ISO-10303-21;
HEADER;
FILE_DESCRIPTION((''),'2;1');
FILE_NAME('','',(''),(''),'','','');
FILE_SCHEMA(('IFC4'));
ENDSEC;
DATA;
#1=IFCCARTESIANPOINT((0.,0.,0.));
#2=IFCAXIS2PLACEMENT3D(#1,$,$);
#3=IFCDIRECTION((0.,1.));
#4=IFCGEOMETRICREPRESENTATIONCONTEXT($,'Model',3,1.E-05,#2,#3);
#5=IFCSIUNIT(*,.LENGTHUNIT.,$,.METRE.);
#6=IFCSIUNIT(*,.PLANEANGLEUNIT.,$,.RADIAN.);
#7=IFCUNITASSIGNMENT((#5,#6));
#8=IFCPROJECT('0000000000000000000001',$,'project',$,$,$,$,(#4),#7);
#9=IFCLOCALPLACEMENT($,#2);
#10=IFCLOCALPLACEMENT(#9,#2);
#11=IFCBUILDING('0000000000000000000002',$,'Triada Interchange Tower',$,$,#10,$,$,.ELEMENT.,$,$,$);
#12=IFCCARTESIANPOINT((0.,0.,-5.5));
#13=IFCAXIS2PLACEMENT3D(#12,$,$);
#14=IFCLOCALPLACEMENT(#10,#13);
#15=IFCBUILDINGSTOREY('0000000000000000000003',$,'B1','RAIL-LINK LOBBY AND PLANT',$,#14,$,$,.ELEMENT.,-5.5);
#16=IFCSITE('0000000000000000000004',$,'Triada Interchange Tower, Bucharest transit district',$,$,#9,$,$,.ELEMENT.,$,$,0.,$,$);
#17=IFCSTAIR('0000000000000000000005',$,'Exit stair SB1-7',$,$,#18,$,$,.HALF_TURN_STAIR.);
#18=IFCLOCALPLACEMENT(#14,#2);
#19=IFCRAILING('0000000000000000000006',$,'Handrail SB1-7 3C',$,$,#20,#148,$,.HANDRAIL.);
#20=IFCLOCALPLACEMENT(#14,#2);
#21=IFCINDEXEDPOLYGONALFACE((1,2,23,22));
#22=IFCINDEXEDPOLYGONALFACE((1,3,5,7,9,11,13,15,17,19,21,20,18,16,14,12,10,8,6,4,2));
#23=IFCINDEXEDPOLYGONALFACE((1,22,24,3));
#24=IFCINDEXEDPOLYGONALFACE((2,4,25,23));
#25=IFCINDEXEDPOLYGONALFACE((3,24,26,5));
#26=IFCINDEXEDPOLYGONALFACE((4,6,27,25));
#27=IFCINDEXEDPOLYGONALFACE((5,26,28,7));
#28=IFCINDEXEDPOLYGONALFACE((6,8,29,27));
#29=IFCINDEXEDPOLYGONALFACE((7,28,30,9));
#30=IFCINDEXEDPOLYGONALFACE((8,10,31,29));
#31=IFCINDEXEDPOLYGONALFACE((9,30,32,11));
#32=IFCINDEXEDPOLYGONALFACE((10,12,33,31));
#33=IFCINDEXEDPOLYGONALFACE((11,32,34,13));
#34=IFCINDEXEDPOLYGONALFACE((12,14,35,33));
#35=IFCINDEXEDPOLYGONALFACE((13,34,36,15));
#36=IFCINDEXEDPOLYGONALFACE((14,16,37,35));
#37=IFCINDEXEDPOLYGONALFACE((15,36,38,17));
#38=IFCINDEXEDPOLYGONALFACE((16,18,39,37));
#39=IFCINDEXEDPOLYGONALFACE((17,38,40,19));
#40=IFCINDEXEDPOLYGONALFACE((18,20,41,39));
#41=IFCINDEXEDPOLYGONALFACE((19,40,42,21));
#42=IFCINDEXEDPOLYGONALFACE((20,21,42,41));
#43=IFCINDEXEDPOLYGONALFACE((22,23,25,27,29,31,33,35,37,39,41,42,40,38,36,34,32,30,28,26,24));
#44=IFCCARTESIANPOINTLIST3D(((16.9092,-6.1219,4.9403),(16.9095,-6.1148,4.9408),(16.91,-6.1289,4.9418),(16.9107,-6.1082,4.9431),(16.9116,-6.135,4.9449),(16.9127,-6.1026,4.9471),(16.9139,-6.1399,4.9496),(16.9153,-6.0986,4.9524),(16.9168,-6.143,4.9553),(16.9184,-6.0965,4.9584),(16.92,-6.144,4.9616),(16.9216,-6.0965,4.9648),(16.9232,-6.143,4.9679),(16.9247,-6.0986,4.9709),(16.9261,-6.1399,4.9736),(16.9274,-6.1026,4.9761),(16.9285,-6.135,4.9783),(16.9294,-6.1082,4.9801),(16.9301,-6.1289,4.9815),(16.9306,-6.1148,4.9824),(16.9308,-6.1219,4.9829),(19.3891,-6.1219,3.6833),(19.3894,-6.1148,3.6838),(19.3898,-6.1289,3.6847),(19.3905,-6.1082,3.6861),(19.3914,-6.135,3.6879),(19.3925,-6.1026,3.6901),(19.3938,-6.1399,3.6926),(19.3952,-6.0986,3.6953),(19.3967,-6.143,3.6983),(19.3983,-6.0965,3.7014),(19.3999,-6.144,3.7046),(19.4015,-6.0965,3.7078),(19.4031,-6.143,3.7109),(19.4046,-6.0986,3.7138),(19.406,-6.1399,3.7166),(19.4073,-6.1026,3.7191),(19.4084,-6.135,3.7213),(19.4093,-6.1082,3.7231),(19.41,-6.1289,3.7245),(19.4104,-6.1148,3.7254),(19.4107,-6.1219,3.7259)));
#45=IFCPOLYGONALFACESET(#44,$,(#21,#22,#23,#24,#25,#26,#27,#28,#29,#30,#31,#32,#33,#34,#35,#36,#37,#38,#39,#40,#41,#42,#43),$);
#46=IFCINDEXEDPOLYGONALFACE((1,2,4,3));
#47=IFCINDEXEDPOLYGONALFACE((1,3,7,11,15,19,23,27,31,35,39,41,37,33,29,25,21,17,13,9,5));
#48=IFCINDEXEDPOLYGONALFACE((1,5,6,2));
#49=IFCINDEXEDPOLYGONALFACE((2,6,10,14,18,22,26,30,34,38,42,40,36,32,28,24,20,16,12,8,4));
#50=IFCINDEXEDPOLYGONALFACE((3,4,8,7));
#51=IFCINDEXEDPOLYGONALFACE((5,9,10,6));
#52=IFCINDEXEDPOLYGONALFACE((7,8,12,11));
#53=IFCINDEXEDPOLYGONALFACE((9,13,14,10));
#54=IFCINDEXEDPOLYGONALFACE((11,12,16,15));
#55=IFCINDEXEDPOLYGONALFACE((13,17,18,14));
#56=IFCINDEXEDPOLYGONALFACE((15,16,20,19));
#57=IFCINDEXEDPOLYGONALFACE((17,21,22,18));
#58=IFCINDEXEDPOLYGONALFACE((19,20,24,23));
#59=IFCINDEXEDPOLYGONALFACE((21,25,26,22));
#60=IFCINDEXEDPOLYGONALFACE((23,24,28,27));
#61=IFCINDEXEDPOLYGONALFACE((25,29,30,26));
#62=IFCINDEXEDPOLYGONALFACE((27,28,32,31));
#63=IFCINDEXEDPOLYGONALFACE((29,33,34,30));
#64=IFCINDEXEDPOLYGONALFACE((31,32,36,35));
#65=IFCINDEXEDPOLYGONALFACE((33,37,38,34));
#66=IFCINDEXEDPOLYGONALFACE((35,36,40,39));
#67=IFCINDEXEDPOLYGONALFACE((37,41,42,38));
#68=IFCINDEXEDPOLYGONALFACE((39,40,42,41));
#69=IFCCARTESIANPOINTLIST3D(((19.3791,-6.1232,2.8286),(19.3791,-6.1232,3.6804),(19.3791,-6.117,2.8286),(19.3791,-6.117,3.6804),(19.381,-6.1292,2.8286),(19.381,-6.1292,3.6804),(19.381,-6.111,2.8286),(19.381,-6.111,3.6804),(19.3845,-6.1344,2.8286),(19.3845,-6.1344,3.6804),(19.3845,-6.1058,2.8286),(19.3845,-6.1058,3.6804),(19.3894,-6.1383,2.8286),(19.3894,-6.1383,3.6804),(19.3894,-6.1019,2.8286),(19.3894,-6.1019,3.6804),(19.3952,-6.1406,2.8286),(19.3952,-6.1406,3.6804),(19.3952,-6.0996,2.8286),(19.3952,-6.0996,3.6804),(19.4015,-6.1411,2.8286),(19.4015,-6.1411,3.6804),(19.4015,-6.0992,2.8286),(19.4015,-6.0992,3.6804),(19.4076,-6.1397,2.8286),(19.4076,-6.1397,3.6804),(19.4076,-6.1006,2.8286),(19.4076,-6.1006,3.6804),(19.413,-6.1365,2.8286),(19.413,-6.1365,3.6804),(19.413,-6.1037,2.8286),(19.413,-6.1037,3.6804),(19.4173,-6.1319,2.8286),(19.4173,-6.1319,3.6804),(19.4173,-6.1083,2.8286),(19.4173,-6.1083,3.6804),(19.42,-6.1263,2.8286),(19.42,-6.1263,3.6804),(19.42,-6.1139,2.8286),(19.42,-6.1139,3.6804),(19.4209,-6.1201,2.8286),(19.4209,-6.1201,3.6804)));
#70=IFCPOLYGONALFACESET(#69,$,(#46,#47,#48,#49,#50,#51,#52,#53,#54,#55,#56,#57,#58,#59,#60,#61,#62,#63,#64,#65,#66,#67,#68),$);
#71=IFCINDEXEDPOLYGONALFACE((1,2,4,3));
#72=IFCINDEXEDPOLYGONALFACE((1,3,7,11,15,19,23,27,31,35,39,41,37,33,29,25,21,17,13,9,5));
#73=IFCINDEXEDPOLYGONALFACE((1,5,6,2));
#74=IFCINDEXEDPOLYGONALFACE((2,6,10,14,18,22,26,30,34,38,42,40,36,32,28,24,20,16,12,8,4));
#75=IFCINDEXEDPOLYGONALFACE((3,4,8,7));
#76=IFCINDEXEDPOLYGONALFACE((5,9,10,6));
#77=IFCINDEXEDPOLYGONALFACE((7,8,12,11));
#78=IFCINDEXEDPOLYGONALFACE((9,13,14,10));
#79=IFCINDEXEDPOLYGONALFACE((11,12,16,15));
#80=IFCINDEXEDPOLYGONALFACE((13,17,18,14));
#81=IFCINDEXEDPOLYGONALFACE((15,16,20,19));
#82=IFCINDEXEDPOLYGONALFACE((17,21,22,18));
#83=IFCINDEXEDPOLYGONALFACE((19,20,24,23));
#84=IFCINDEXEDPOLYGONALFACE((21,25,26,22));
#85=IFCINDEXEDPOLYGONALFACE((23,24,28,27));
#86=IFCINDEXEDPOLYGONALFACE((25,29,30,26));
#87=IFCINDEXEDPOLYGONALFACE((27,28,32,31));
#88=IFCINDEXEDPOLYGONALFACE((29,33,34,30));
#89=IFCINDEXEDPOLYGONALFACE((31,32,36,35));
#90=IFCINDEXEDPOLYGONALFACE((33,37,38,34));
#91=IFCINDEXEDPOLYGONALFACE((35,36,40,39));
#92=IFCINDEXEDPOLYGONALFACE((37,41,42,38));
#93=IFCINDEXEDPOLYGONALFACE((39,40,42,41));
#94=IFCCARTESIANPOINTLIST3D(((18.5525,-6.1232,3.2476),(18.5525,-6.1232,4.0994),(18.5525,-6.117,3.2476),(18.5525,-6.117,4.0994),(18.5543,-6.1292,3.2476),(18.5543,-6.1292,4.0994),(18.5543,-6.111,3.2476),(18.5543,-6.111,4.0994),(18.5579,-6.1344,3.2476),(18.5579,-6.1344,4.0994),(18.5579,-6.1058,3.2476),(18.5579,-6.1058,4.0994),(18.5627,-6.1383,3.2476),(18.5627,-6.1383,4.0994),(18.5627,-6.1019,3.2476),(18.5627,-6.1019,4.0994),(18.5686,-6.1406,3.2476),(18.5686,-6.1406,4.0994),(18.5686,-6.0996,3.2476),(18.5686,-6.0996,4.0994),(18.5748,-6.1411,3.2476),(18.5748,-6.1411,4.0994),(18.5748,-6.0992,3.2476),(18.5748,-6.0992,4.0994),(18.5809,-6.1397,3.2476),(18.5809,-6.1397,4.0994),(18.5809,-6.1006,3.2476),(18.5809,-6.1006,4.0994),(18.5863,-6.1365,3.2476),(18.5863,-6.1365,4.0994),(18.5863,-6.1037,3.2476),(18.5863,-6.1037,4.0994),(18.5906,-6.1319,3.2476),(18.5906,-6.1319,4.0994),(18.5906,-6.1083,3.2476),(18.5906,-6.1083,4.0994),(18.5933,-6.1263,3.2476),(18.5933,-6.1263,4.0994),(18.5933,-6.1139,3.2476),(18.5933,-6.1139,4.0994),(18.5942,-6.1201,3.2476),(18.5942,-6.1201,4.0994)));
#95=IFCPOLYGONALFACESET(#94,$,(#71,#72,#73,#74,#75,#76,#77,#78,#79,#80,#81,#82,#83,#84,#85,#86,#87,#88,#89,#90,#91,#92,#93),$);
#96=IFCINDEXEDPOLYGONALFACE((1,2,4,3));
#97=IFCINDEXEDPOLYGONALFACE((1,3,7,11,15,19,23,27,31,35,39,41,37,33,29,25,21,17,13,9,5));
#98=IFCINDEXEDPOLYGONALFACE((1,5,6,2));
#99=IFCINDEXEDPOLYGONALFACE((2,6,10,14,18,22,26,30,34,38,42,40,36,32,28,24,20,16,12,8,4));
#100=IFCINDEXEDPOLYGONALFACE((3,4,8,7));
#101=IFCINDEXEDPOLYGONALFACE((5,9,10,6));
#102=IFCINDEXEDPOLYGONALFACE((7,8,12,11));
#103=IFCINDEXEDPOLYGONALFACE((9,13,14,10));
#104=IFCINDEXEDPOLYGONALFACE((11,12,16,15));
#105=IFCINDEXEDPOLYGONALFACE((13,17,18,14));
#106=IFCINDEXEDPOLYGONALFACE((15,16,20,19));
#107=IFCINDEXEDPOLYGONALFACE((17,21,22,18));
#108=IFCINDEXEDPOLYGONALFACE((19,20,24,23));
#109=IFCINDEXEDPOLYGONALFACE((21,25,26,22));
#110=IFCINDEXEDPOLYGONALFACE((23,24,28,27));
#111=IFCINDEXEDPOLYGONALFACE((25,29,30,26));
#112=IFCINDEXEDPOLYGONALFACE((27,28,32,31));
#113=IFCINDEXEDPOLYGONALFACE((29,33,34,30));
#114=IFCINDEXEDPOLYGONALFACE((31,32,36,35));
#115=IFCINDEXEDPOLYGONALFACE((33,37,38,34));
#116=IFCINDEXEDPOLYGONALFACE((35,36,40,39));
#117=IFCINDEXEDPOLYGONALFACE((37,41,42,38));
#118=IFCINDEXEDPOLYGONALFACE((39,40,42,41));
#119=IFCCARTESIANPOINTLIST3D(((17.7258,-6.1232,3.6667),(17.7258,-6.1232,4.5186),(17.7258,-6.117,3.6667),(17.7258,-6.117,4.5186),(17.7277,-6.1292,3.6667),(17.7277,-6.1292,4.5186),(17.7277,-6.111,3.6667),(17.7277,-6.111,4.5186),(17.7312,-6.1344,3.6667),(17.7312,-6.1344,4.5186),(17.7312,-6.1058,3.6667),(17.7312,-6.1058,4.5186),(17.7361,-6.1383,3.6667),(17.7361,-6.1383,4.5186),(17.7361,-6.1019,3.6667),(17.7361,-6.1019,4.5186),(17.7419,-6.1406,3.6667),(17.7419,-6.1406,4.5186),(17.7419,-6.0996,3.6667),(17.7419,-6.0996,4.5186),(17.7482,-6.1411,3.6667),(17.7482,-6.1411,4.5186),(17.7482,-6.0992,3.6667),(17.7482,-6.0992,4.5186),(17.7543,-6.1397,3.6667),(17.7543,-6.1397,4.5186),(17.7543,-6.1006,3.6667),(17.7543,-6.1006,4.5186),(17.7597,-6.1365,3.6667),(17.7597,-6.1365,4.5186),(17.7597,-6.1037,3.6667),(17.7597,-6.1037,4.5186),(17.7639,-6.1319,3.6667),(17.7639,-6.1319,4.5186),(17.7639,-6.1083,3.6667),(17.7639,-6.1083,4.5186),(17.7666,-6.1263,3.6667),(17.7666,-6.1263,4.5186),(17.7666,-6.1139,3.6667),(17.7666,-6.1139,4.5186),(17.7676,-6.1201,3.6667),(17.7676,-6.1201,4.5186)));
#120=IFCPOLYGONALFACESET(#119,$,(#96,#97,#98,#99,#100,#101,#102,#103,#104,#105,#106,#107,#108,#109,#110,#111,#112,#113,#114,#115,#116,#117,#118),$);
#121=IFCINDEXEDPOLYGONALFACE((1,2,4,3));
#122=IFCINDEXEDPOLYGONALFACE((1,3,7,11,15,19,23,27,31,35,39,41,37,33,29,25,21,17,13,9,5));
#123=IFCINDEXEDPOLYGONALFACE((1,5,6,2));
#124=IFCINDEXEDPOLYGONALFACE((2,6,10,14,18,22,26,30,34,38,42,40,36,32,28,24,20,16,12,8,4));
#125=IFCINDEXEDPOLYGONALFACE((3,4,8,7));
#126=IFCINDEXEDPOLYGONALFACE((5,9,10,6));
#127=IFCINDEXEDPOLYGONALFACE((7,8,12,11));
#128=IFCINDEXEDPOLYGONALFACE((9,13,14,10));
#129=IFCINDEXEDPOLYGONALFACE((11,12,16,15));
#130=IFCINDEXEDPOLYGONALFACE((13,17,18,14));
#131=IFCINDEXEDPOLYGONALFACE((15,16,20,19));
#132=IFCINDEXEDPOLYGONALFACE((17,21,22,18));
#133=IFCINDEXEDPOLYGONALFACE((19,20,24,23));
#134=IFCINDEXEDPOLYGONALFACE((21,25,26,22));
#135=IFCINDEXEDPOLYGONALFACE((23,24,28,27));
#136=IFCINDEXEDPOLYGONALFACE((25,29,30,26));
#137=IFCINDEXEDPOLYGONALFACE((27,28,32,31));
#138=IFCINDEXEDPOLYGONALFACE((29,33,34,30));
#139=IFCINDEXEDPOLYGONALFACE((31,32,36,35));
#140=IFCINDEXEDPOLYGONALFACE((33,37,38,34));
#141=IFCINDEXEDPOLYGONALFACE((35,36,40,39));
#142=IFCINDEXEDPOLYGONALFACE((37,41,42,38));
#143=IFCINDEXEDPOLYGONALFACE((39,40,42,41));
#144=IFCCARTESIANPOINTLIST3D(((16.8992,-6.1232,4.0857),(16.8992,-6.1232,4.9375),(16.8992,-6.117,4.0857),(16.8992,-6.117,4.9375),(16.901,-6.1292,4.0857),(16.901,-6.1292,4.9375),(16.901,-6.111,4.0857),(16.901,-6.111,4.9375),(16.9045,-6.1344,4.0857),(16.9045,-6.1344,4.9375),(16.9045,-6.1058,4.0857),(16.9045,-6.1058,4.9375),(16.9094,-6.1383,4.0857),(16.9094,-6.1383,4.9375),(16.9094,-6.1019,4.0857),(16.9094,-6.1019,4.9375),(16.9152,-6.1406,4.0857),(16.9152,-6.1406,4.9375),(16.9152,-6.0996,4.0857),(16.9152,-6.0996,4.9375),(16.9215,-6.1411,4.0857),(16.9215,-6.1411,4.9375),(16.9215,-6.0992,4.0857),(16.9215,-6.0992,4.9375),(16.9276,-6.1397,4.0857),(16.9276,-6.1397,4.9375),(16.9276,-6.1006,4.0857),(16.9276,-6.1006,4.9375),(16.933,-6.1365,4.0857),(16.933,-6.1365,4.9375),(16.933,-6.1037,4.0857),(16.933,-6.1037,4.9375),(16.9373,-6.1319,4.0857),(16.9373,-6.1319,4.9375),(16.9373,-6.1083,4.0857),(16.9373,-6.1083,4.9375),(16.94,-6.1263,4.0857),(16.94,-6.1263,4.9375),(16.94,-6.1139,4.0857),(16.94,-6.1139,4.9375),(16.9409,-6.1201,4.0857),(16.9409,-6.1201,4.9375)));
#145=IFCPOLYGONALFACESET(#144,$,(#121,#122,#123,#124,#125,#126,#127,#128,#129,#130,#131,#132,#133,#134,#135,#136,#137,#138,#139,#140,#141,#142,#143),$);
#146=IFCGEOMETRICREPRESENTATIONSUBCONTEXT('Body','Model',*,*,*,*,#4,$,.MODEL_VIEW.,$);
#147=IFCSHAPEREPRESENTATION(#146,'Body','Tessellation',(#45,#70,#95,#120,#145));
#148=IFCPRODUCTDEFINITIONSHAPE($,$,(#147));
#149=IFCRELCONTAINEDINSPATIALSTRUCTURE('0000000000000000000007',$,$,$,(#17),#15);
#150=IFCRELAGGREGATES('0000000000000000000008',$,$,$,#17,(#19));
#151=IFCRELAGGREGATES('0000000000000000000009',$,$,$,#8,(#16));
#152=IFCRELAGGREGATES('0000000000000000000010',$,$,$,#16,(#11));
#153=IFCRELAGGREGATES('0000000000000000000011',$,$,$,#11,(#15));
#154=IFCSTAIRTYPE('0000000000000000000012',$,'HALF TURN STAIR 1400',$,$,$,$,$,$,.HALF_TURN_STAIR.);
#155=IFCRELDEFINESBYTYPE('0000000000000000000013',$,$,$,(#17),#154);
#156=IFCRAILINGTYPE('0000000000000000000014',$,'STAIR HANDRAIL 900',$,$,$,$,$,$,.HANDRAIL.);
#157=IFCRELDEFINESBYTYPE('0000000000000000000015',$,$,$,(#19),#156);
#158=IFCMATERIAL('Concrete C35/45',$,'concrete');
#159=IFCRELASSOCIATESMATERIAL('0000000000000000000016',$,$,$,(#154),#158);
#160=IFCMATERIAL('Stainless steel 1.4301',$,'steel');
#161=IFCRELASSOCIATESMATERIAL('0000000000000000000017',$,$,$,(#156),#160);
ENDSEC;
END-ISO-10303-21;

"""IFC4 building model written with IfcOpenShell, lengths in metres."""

from ifc_helpers import new_model, si_unit, direction, frame, origin, origin_2d, place, context, subcontext, project, spatial, circle, extrude, material, type_object, element, aggregate, save


model = new_model("IFC4")

# Units and contexts
model_context = context("Model", 3, precision=1e-05, world=origin(), true_north=direction((0.0, 1.0)))
body_context = subcontext(model_context, "Body", "Model", "MODEL_VIEW")
ifc_project = project(units=[si_unit("LENGTHUNIT", "METRE"), si_unit("PLANEANGLEUNIT", "RADIAN")], contexts=[model_context])

# Site, building, storey
site_placement = place(None, origin())
site = spatial("IfcSite", under=ifc_project, at=site_placement, Name="Triada Interchange Tower, Bucharest transit district", CompositionType="ELEMENT", RefElevation=0.0)
building_placement = place(site_placement, origin())
building = spatial("IfcBuilding", under=site, at=building_placement, Name="Triada Interchange Tower", CompositionType="ELEMENT")
storey_placement = place(building_placement, frame((0.0, 0.0, -5.5)))
storey = spatial("IfcBuildingStorey", under=building, at=storey_placement, Name="B1", Description="RAIL-LINK LOBBY AND PLANT", CompositionType="ELEMENT", Elevation=-5.5)

# Shared definitions
ifc_material_1 = material(Name="Concrete C35/45", Category="concrete")

# Stair, railing
stair_type = type_object("IfcStairType", Name="HALF TURN STAIR 1400", PredefinedType="HALF_TURN_STAIR", material=ifc_material_1)
stair_placement = place(storey_placement, origin())
stair = element("IfcStair", 1, at=stair_placement, inside=storey, type_object=stair_type, Name="Exit stair SB1-7", PredefinedType="HALF_TURN_STAIR")
ifc_material_2 = material(Name="Stainless steel 1.4301", Category="steel")
railing_type_1 = type_object("IfcRailingType", Name="STAIR HANDRAIL 900", PredefinedType="HANDRAIL", material=ifc_material_2)
railing_1_placement = place(storey_placement, frame((19.3999, -6.1201, 2.8286)))
railing_1 = element("IfcRailing", 2, at=railing_1_placement, type_object=railing_type_1, Name="Handrail SB1-7 3C", PredefinedType="HANDRAIL", context=body_context, shape_type="SweptSolid", body=[
    extrude(circle(Radius=0.0239, at=origin_2d()), frame((0.0, 0.0, 0.876), z_axis=(-0.891955, 0.0, 0.452124), x_axis=(0.0, -1.0, 0.0)), (0.0, 0.0, 1.0), 2.7803),
    extrude(circle(Radius=0.021, at=origin_2d()), origin(), (0.0, 0.0, 1.0), 0.8518),
    extrude(circle(Radius=0.021, at=origin_2d()), frame((-0.8267, 0.0, 0.4189)), (0.0, 0.0, 1.0), 0.8518),
    extrude(circle(Radius=0.021, at=origin_2d()), frame((-1.6533, 0.0, 0.8381)), (0.0, 0.0, 1.0), 0.8518),
    extrude(circle(Radius=0.021, at=origin_2d()), frame((-2.48, 0.0, 1.2571)), (0.0, 0.0, 1.0), 0.8518),
])
aggregate(stair, [railing_1])

save(model, "model.ifc")
